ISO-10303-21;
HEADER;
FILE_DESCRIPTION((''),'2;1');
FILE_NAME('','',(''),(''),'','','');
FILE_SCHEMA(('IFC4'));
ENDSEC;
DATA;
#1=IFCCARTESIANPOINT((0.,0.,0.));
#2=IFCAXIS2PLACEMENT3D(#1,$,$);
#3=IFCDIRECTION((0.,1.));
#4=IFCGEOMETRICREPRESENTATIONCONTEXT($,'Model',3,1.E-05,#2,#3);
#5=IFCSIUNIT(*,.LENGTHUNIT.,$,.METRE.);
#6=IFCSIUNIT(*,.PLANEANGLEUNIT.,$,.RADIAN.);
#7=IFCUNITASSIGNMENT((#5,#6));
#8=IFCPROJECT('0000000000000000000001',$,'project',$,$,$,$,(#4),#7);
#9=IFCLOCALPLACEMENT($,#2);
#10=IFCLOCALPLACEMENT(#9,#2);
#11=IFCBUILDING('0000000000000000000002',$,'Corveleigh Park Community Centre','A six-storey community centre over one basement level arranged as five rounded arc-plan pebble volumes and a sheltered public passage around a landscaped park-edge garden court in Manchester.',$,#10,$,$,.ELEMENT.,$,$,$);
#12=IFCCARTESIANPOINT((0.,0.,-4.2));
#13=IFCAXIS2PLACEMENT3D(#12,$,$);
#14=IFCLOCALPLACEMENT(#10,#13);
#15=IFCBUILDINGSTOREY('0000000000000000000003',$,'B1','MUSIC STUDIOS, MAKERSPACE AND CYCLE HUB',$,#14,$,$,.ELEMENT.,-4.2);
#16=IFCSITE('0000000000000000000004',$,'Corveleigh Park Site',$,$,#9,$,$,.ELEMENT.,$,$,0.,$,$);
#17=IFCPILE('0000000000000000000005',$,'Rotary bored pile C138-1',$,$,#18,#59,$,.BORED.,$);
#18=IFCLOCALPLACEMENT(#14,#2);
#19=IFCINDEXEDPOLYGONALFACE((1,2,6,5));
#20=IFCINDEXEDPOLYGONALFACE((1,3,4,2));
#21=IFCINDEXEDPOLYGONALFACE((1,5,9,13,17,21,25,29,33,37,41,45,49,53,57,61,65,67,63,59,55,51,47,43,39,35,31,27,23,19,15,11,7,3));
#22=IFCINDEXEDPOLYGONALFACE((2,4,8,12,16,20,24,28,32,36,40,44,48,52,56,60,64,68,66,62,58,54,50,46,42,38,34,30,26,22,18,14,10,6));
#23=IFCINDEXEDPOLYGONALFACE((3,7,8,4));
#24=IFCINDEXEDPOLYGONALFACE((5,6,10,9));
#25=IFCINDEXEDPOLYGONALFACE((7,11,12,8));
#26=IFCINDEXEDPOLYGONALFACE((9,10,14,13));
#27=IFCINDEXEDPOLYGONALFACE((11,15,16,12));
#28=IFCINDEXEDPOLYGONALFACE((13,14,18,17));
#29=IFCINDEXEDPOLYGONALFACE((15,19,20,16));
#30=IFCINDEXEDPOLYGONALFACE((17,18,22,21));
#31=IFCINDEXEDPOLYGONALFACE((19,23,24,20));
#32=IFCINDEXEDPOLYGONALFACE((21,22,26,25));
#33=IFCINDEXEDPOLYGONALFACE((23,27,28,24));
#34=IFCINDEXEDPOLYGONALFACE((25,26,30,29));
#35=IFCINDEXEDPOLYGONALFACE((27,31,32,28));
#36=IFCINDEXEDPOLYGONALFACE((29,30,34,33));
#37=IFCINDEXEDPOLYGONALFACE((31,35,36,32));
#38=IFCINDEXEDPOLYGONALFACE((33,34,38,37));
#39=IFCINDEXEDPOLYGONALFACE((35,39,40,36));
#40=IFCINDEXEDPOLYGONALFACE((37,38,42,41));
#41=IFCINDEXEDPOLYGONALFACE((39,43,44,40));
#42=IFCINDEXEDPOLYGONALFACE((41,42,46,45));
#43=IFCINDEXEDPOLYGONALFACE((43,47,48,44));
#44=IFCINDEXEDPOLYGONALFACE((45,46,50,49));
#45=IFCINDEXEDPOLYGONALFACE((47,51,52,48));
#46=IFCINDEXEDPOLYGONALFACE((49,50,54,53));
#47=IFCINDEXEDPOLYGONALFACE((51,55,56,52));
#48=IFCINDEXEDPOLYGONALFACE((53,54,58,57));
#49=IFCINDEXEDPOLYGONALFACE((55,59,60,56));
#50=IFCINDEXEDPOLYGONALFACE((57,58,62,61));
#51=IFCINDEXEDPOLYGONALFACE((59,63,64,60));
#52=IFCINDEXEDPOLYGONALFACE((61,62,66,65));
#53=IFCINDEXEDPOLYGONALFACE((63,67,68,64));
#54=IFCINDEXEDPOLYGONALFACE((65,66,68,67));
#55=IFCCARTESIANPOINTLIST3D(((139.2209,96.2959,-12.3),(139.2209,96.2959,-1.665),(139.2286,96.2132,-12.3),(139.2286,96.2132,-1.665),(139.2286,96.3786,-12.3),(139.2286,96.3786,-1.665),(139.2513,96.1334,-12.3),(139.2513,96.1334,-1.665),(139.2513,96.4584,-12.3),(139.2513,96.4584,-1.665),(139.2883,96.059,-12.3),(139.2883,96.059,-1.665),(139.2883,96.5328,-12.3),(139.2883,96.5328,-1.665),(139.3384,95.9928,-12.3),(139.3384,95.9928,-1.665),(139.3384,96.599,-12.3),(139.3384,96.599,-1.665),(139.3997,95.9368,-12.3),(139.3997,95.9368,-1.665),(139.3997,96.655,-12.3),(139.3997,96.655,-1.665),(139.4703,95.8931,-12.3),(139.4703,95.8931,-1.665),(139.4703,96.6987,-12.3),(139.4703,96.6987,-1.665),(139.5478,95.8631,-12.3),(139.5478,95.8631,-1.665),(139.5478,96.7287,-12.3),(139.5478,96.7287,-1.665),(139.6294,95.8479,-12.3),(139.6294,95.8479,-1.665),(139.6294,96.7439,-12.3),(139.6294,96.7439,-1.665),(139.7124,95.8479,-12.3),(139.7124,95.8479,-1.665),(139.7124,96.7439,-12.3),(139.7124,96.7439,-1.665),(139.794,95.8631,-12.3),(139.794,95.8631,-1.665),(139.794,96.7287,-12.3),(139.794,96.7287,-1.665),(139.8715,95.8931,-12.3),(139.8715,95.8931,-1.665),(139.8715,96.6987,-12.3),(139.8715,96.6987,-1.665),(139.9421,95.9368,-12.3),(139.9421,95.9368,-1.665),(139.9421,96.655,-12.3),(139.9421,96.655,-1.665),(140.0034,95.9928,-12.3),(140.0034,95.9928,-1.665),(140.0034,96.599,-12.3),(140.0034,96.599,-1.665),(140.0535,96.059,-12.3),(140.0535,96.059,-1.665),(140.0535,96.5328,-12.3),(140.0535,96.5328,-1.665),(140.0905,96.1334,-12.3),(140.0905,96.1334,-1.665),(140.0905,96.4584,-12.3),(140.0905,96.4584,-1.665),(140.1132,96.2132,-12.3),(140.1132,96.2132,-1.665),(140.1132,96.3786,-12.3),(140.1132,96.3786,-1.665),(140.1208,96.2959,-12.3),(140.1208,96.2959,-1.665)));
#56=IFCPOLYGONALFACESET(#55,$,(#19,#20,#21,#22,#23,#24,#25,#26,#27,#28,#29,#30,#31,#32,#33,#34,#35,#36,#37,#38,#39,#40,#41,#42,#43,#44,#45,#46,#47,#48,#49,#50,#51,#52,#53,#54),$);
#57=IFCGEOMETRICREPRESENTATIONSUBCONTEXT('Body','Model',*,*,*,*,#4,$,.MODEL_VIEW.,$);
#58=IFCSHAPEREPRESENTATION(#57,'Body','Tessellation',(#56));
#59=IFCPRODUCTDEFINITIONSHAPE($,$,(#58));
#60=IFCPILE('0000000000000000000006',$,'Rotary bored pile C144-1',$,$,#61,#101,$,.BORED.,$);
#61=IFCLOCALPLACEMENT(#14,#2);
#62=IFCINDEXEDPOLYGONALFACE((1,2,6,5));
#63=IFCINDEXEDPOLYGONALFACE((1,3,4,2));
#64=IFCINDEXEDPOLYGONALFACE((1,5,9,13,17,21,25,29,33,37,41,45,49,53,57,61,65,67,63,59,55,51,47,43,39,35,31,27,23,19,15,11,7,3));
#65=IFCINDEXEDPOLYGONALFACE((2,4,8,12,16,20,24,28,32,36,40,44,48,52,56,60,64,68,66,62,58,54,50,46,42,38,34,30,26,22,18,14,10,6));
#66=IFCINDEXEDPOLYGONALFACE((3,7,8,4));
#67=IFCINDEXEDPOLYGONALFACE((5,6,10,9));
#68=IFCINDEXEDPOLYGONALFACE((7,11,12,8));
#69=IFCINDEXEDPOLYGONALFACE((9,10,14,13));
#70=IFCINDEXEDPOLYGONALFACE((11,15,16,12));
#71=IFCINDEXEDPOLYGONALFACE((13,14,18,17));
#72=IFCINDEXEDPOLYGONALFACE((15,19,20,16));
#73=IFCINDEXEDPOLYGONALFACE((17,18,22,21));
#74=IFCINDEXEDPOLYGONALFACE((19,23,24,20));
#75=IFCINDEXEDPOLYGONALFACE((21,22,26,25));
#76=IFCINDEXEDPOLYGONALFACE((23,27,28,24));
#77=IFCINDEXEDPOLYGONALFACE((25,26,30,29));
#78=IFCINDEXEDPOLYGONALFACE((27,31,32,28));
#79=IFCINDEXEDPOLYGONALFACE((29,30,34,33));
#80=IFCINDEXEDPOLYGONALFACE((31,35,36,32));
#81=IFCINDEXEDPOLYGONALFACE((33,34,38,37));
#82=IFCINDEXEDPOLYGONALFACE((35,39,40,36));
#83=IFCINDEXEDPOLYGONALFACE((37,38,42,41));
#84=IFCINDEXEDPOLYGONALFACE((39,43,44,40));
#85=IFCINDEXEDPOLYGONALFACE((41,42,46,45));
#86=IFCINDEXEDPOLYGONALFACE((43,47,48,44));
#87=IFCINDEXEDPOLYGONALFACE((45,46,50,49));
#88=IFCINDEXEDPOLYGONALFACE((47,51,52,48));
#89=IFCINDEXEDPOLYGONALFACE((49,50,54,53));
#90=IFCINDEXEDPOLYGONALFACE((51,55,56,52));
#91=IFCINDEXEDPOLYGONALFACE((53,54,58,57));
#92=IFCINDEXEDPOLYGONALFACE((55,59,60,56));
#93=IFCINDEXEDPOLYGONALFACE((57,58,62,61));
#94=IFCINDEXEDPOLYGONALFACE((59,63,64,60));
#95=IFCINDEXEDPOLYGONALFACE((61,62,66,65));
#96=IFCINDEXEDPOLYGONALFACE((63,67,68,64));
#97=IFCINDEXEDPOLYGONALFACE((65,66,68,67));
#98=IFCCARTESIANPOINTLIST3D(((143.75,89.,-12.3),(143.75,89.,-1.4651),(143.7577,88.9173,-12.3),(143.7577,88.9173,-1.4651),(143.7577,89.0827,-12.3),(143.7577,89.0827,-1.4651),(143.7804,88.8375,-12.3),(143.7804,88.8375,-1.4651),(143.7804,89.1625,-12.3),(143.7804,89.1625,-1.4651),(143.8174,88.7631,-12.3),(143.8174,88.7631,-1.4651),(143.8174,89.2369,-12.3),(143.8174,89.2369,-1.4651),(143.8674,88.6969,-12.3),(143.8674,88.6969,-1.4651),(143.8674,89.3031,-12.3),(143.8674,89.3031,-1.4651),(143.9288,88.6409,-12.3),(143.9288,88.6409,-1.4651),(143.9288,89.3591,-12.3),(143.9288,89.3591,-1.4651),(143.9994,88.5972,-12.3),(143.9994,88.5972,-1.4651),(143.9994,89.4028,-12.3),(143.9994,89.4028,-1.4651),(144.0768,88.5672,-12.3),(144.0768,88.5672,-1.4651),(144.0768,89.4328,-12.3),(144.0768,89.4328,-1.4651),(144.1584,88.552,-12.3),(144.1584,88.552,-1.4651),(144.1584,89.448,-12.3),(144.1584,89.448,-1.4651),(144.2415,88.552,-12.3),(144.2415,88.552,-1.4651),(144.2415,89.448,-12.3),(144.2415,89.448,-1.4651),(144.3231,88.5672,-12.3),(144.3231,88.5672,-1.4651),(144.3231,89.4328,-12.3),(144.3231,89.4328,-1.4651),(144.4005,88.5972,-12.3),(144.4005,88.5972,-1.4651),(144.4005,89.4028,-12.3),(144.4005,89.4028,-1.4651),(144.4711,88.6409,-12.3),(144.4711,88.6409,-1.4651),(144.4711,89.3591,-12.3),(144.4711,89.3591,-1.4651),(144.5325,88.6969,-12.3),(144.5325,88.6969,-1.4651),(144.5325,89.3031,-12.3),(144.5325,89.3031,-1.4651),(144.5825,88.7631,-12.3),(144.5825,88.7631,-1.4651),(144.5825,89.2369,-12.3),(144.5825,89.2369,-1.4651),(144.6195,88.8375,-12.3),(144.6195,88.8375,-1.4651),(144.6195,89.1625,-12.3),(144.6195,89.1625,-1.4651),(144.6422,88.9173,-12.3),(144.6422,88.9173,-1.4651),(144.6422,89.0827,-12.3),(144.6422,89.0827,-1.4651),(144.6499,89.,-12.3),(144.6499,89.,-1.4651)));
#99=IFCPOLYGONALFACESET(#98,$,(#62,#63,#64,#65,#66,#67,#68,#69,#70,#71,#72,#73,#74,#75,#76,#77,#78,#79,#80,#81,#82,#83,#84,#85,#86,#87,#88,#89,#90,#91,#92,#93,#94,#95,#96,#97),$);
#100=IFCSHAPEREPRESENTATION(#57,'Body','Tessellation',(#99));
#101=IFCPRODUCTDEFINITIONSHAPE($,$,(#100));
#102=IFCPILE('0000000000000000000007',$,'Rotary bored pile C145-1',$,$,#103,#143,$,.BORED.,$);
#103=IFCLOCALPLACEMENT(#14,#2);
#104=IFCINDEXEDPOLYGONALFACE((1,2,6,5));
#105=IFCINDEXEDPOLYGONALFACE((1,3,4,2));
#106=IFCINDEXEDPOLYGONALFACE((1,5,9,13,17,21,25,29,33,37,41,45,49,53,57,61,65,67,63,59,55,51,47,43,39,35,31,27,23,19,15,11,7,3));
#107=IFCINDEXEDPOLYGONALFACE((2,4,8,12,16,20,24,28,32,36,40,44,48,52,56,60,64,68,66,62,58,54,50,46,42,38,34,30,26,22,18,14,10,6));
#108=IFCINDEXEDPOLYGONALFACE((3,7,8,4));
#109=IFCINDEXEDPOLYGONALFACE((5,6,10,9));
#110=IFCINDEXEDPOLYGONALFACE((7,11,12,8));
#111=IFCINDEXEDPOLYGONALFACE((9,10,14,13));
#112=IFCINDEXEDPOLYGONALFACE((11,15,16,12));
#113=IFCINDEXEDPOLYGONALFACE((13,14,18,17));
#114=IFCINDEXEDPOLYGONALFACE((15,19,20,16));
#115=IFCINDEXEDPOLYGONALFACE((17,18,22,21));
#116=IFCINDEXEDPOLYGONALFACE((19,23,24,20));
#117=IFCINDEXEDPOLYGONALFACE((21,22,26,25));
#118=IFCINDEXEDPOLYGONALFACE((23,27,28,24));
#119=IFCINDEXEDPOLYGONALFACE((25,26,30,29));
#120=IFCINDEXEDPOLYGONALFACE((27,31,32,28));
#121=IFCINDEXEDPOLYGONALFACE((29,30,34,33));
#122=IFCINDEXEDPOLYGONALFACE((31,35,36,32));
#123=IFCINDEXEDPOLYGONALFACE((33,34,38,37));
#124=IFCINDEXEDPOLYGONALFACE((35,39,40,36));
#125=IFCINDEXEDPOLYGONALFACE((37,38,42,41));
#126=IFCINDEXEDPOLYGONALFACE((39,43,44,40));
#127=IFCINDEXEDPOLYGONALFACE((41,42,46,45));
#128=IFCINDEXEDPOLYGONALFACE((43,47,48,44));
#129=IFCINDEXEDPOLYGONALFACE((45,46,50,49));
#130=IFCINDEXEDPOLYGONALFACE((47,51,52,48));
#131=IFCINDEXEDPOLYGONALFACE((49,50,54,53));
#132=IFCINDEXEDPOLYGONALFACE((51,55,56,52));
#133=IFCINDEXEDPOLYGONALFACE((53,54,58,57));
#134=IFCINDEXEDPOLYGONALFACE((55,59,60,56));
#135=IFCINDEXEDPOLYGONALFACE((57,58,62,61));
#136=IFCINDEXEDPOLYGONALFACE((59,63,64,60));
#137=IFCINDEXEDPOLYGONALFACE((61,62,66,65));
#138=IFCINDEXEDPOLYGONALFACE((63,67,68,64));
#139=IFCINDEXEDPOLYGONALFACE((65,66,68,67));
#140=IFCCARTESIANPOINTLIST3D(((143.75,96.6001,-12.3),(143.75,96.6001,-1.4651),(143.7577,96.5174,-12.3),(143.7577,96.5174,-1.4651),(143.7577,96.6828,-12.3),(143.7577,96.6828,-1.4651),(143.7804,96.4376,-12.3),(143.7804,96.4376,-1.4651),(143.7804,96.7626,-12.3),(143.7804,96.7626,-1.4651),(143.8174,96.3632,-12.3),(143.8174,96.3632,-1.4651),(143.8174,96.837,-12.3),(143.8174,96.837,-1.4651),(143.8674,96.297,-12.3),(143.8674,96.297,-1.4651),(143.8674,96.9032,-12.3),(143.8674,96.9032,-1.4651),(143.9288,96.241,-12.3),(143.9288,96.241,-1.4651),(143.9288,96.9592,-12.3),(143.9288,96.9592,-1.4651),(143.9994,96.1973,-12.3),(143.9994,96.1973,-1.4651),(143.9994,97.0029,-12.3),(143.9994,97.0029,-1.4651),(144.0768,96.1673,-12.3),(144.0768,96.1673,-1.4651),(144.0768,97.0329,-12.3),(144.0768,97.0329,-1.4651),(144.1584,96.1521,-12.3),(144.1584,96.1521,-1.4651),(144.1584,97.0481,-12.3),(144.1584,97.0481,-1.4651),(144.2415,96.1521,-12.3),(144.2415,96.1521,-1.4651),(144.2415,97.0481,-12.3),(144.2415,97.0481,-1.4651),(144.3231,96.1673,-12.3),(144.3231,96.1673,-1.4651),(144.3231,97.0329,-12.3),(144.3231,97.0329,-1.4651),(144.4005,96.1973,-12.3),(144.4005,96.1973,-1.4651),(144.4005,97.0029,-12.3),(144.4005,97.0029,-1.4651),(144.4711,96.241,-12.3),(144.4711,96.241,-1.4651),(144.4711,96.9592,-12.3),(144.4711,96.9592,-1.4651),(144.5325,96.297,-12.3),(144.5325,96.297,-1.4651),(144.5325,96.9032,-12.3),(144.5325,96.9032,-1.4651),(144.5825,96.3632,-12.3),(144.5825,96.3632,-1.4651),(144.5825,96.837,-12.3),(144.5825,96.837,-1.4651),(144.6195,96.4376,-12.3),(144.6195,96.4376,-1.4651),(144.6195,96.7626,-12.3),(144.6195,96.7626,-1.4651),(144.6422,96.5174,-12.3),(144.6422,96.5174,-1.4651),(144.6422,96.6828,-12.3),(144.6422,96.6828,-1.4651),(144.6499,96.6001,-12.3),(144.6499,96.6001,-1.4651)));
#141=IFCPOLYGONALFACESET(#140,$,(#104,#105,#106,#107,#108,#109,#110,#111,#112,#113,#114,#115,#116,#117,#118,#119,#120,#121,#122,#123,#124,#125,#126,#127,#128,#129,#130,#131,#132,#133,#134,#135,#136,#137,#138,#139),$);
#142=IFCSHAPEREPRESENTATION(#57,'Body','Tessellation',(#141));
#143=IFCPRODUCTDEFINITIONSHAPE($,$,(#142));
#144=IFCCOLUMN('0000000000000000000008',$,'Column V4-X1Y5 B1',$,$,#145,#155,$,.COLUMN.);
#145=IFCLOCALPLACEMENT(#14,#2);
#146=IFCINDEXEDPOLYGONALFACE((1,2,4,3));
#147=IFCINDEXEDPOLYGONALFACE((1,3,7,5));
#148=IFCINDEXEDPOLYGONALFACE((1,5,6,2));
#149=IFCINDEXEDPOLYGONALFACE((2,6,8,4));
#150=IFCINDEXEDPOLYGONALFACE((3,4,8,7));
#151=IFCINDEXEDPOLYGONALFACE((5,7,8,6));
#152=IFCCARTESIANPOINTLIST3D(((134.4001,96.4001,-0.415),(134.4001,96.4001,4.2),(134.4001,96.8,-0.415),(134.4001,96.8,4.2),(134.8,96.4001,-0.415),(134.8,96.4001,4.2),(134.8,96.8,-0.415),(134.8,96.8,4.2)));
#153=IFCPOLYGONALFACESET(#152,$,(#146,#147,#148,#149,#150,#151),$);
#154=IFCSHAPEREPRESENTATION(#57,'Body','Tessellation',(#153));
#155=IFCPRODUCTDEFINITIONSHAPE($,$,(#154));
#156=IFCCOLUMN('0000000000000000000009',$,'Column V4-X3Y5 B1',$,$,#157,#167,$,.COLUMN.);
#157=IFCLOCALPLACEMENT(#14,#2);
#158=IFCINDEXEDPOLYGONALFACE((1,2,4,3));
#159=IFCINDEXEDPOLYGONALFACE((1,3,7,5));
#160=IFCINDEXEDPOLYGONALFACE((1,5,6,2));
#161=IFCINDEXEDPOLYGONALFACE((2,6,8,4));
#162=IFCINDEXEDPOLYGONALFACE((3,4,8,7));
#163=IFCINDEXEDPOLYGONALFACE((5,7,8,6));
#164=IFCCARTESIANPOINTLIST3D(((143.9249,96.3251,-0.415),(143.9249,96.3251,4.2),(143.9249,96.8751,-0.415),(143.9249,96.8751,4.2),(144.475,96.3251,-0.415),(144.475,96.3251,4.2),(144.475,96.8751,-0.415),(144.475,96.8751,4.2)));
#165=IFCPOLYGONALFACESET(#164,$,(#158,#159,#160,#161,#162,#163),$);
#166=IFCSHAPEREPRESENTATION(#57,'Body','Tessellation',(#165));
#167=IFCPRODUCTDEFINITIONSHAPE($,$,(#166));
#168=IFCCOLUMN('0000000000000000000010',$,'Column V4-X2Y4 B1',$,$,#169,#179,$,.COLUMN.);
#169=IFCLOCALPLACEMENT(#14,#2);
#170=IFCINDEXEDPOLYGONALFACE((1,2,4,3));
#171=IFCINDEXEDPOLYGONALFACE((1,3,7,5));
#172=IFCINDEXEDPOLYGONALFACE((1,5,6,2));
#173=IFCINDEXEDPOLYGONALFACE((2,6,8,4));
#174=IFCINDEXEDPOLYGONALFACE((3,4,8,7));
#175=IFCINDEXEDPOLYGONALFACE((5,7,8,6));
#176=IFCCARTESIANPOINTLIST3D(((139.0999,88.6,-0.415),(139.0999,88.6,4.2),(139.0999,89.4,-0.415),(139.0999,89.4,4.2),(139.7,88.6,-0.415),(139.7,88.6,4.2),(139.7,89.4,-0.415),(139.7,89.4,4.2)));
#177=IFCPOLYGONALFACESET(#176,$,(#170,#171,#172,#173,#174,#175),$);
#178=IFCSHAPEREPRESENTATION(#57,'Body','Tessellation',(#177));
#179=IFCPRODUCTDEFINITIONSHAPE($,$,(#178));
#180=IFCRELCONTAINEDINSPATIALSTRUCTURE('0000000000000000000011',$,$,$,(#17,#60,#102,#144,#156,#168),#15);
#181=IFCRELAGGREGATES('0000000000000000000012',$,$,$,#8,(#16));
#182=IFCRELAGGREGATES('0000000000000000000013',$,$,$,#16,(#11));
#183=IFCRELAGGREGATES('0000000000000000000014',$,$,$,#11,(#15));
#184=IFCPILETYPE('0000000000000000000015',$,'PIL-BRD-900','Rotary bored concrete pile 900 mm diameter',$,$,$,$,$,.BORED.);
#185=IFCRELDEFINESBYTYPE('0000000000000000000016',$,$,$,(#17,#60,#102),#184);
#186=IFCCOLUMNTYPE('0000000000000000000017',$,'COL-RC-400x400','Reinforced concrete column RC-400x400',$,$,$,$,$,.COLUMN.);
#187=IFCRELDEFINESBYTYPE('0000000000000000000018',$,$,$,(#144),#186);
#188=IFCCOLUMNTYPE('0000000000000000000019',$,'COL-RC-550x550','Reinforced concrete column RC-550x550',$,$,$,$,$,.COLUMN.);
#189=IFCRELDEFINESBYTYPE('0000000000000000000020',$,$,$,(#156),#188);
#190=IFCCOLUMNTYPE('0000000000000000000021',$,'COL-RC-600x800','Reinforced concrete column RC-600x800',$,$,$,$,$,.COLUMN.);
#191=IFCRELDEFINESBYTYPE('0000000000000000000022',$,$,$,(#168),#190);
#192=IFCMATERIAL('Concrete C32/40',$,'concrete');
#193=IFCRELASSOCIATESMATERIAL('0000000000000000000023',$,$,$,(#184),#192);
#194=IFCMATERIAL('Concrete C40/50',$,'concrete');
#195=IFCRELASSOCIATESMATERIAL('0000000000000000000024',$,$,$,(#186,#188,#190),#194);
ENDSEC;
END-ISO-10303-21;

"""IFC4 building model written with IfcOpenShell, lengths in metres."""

from ifc_helpers import new_model, si_unit, direction, frame, origin, origin_2d, place, context, subcontext, project, spatial, rectangle, circle, extrude, material, material_profile, profile_set, type_object, element, save


model = new_model("IFC4")

# Units and contexts
model_context = context("Model", 3, precision=1e-05, world=origin(), true_north=direction((0.0, 1.0)))
body_context = subcontext(model_context, "Body", "Model", "MODEL_VIEW")
ifc_project = project(units=[si_unit("LENGTHUNIT", "METRE"), si_unit("PLANEANGLEUNIT", "RADIAN")], contexts=[model_context])

# Site, building, storey
site_placement = place(None, origin())
site = spatial("IfcSite", under=ifc_project, at=site_placement, Name="Corveleigh Park Site", CompositionType="ELEMENT", RefElevation=0.0)
building_placement = place(site_placement, origin())
building = spatial("IfcBuilding", under=site, at=building_placement, Name="Corveleigh Park Community Centre", Description="A six-storey community centre over one basement level arranged as five rounded arc-plan pebble volumes and a sheltered public passage around a landscaped park-edge garden court in Manchester.", CompositionType="ELEMENT")
storey_placement = place(building_placement, frame((0.0, 0.0, -4.2)))
storey = spatial("IfcBuildingStorey", under=building, at=storey_placement, Name="B1", Description="MUSIC STUDIOS, MAKERSPACE AND CYCLE HUB", CompositionType="ELEMENT", Elevation=-4.2)

# Shared definitions
ifc_material_1 = material(Name="Concrete C40/50", Category="concrete")

# Piles
ifc_material_2 = material(Name="Concrete C32/40", Category="concrete")
ifc_material_profile_1 = material_profile(ifc_material_2, circle(Radius=0.45, at=origin_2d()), Name="BORED-PILE-900", Category="concrete")
ifc_profile_set_1 = profile_set([ifc_material_profile_1], Name="Concrete C32/40")
pile_type_1 = type_object("IfcPileType", Name="PIL-BRD-900", Description="Rotary bored concrete pile 900 mm diameter", PredefinedType="BORED", material=ifc_profile_set_1)
pile_1_placement = place(storey_placement, frame((139.6709, 96.2959, -1.665), z_axis=(0.0, 0.0, -1.0), x_axis=(1.0, 0.0, 0.0)))
element("IfcPile", 1, at=pile_1_placement, inside=storey, type_object=pile_type_1, Name="Rotary bored pile C138-1", PredefinedType="BORED", context=body_context, shape_type="SweptSolid", body=[
    extrude(circle(Radius=0.45, at=origin_2d()), origin(), (0.0, 0.0, 1.0), 10.635),
])
for number, where, z_axis, x_axis, name in (
    (2, (144.2, 89.0, -1.4651), (0.0, 0.0, -1.0), (1.0, 0.0, 0.0), "Rotary bored pile C144-1"),
    (3, (144.2, 96.6001, -1.4651), (0.0, 0.0, -1.0), (1.0, 0.0, 0.0), "Rotary bored pile C145-1"),
):
    element("IfcPile", number, at=place(storey_placement, frame(where, z_axis=z_axis, x_axis=x_axis)), inside=storey, type_object=pile_type_1, Name=name, PredefinedType="BORED", context=body_context, shape_type="SweptSolid", body=[
        extrude(circle(Radius=0.45, at=origin_2d()), origin(), (0.0, 0.0, 1.0), 10.835),
    ])

# Columns
ifc_material_profile_2 = material_profile(ifc_material_1, rectangle(XDim=0.3999, YDim=0.3999, at=origin_2d()), Name="RC-400x400", Category="concrete")
ifc_profile_set_2 = profile_set([ifc_material_profile_2], Name="Concrete C40/50")
column_type_1 = type_object("IfcColumnType", Name="COL-RC-400x400", Description="Reinforced concrete column RC-400x400", PredefinedType="COLUMN", material=ifc_profile_set_2)
column_1_placement = place(storey_placement, frame((134.6001, 96.6001, -0.415), z_axis=(0.0, 0.0, 1.0), x_axis=(1.0, 0.0, 0.0)))
element("IfcColumn", 4, at=column_1_placement, inside=storey, type_object=column_type_1, Name="Column V4-X1Y5 B1", PredefinedType="COLUMN", context=body_context, shape_type="SweptSolid", body=[
    extrude(rectangle(XDim=0.3999, YDim=0.3999, at=origin_2d()), origin(), (0.0, 0.0, 1.0), 4.615),
])
ifc_material_profile_3 = material_profile(ifc_material_1, rectangle(XDim=0.55, YDim=0.55, at=origin_2d()), Name="RC-550x550", Category="concrete")
ifc_profile_set_3 = profile_set([ifc_material_profile_3], Name="Concrete C40/50")
column_type_2 = type_object("IfcColumnType", Name="COL-RC-550x550", Description="Reinforced concrete column RC-550x550", PredefinedType="COLUMN", material=ifc_profile_set_3)
column_2_placement = place(storey_placement, frame((144.2, 96.6001, -0.415), z_axis=(0.0, 0.0, 1.0), x_axis=(1.0, 0.0, 0.0)))
element("IfcColumn", 5, at=column_2_placement, inside=storey, type_object=column_type_2, Name="Column V4-X3Y5 B1", PredefinedType="COLUMN", context=body_context, shape_type="SweptSolid", body=[
    extrude(rectangle(XDim=0.55, YDim=0.55, at=origin_2d()), origin(), (0.0, 0.0, 1.0), 4.615),
])
ifc_material_profile_4 = material_profile(ifc_material_1, rectangle(XDim=0.6001, YDim=0.8, at=origin_2d()), Name="RC-600x800", Category="concrete")
ifc_profile_set_4 = profile_set([ifc_material_profile_4], Name="Concrete C40/50")
column_type_3 = type_object("IfcColumnType", Name="COL-RC-600x800", Description="Reinforced concrete column RC-600x800", PredefinedType="COLUMN", material=ifc_profile_set_4)
column_3_placement = place(storey_placement, frame((139.3999, 89.0, -0.415), z_axis=(0.0, 0.0, 1.0), x_axis=(1.0, 0.0, 0.0)))
element("IfcColumn", 6, at=column_3_placement, inside=storey, type_object=column_type_3, Name="Column V4-X2Y4 B1", PredefinedType="COLUMN", context=body_context, shape_type="SweptSolid", body=[
    extrude(rectangle(XDim=0.6001, YDim=0.8, at=origin_2d()), origin(), (0.0, 0.0, 1.0), 4.615),
])

save(model, "model.ifc")
